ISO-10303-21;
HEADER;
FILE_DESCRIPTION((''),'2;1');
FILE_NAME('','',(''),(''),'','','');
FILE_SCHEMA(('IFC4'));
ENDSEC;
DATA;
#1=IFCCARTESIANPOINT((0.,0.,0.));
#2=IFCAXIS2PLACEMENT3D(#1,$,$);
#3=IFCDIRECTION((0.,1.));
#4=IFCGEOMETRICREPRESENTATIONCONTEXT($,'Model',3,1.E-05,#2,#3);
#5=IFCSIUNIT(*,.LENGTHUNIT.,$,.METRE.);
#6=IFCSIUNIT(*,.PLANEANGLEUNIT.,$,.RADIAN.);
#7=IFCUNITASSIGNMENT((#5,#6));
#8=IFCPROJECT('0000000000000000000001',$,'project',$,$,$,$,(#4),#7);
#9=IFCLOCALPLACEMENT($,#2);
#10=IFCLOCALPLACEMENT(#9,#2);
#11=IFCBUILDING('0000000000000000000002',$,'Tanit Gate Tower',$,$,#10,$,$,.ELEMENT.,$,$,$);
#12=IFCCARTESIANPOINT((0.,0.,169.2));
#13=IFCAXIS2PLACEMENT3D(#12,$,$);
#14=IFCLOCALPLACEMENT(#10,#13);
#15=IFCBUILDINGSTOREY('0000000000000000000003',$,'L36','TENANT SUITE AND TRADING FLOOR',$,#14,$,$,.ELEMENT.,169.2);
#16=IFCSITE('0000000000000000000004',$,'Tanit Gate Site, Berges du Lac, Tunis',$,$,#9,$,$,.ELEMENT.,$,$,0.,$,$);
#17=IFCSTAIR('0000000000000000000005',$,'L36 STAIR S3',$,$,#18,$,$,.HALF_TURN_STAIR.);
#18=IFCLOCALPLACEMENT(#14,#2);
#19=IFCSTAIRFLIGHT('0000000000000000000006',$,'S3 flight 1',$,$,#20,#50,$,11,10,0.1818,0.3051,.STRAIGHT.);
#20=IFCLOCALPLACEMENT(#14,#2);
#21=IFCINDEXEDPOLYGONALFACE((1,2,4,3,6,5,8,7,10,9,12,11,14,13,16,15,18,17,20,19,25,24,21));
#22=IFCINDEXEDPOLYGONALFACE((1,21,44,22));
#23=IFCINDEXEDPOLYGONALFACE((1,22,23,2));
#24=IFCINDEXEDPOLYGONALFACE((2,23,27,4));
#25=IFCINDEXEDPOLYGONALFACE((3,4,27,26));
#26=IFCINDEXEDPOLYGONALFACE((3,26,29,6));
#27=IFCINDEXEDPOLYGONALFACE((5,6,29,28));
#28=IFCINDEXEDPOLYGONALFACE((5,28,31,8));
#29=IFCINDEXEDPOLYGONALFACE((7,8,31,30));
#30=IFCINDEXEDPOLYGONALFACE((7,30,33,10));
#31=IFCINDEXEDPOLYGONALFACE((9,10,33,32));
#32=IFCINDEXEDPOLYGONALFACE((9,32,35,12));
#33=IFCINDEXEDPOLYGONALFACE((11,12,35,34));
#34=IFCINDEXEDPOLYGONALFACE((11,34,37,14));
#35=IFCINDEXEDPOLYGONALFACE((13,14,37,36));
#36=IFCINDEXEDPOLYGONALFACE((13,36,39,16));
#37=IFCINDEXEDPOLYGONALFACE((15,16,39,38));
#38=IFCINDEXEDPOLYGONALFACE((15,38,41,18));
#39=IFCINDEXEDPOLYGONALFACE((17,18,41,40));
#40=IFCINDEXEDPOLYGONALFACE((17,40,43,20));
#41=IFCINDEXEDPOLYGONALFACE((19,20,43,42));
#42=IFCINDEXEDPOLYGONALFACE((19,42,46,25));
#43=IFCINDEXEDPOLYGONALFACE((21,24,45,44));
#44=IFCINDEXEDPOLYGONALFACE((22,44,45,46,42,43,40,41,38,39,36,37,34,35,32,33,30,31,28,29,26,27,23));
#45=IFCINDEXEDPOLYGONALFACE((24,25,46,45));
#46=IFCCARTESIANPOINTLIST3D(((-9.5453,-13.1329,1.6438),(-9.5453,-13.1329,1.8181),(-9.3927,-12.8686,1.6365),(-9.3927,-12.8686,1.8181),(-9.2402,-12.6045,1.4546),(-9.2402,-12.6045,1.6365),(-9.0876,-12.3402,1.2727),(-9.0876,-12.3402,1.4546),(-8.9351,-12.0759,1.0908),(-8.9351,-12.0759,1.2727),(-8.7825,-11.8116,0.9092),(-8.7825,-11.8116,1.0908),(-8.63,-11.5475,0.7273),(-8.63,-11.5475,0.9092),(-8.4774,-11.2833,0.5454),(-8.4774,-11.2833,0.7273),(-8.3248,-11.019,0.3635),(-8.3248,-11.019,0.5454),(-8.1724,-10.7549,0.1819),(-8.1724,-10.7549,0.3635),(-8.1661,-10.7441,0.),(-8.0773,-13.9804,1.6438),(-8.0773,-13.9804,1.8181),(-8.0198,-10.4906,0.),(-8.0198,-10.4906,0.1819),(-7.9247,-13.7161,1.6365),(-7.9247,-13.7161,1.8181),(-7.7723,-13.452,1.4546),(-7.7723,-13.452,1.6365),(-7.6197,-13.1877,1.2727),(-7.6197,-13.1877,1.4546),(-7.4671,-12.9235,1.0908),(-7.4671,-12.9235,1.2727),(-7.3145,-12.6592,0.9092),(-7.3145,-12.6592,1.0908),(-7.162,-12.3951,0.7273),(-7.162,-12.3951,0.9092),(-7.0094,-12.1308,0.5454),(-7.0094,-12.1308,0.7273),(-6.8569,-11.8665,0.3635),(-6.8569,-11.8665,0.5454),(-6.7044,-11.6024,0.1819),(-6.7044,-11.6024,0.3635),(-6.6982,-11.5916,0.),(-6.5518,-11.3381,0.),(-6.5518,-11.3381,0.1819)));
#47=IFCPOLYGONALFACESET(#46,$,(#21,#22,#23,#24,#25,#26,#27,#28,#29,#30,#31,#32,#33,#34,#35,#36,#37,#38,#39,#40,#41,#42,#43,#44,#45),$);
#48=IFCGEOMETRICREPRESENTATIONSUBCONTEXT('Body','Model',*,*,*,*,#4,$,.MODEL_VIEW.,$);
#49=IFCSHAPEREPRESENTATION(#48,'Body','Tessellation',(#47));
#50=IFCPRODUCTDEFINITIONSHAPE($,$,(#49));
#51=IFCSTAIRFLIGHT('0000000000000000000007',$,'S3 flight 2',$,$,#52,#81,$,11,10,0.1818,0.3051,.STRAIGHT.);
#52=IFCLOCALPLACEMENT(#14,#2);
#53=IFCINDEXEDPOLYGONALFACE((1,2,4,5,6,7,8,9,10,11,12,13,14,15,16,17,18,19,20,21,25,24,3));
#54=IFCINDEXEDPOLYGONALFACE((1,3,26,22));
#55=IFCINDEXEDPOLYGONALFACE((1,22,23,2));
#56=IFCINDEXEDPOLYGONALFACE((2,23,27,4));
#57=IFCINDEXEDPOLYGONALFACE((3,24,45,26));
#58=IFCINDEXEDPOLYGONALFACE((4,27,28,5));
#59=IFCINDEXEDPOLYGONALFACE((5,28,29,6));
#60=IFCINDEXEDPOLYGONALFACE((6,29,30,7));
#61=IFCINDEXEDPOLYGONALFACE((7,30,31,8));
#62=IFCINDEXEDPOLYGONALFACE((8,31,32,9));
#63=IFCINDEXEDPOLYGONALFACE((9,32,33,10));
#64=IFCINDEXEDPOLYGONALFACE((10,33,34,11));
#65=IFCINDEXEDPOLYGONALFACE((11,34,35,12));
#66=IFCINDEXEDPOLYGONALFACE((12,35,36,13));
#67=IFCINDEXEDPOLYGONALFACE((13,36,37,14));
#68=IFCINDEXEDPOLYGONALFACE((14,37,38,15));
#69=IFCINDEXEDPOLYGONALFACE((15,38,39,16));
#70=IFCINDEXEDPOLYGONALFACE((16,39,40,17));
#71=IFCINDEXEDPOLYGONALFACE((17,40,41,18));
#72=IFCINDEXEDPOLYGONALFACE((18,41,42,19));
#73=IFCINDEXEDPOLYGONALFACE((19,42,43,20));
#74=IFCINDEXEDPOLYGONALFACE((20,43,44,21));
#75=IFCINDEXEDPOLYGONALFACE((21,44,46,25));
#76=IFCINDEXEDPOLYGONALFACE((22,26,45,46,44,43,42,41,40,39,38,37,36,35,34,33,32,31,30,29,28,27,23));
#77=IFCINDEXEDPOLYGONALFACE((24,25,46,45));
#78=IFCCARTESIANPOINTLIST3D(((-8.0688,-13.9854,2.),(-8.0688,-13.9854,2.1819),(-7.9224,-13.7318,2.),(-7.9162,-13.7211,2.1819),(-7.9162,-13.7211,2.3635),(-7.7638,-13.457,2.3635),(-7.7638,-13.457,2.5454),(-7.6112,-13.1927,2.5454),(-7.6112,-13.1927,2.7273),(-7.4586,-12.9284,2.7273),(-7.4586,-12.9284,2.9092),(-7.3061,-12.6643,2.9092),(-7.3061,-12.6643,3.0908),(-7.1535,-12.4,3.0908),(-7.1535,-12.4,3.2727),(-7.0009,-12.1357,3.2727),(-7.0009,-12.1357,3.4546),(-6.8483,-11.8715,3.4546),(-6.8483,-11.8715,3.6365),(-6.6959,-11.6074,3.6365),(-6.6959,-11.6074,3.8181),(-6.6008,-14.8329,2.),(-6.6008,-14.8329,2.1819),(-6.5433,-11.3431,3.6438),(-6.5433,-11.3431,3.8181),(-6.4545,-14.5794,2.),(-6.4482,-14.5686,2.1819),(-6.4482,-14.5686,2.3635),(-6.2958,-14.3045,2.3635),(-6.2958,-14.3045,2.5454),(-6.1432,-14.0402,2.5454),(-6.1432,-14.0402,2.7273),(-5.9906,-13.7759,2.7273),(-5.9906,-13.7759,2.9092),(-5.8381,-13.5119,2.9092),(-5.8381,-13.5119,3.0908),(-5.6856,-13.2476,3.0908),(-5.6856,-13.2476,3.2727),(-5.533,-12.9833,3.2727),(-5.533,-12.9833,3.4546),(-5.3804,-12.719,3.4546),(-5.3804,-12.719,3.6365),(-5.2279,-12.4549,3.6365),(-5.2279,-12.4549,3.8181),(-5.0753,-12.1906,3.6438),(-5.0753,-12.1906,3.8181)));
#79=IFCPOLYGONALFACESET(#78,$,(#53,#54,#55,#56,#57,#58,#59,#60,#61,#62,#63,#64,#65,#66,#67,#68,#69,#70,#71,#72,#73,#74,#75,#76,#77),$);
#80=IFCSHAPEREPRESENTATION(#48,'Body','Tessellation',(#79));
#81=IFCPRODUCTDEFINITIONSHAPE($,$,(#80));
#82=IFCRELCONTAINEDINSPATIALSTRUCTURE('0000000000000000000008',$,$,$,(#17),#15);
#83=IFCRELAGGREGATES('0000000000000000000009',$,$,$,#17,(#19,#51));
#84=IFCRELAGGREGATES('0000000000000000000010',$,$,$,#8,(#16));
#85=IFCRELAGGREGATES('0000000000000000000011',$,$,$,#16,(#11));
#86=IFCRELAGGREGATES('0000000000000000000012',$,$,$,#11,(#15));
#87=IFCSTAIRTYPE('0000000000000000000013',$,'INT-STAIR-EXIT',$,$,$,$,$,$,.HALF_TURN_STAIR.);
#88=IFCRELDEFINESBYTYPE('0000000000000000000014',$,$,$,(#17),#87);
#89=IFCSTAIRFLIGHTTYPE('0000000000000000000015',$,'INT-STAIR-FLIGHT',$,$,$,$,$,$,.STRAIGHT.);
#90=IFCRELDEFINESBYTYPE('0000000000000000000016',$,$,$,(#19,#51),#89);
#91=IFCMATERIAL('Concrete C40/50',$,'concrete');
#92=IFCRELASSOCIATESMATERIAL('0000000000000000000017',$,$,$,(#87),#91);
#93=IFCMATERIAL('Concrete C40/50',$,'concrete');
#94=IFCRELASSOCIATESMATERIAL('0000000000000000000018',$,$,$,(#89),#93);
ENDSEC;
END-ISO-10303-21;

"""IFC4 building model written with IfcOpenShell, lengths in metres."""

from ifc_helpers import new_model, si_unit, direction, frame, origin, place, context, subcontext, project, spatial, polyline, outline, extrude, material, type_object, element, aggregate, save


model = new_model("IFC4")

# Units and contexts
model_context = context("Model", 3, precision=1e-05, world=origin(), true_north=direction((0.0, 1.0)))
body_context = subcontext(model_context, "Body", "Model", "MODEL_VIEW")
ifc_project = project(units=[si_unit("LENGTHUNIT", "METRE"), si_unit("PLANEANGLEUNIT", "RADIAN")], contexts=[model_context])

# Site, building, storey
site_placement = place(None, origin())
site = spatial("IfcSite", under=ifc_project, at=site_placement, Name="Tanit Gate Site, Berges du Lac, Tunis", CompositionType="ELEMENT", RefElevation=0.0)
building_placement = place(site_placement, origin())
building = spatial("IfcBuilding", under=site, at=building_placement, Name="Tanit Gate Tower", CompositionType="ELEMENT")
storey_placement = place(building_placement, frame((0.0, 0.0, 169.2)))
storey = spatial("IfcBuildingStorey", under=building, at=storey_placement, Name="L36", Description="TENANT SUITE AND TRADING FLOOR", CompositionType="ELEMENT", Elevation=169.2)

# Stair, stair flights
ifc_material_1 = material(Name="Concrete C40/50", Category="concrete")
stair_type = type_object("IfcStairType", Name="INT-STAIR-EXIT", PredefinedType="HALF_TURN_STAIR", material=ifc_material_1)
stair_placement = place(storey_placement, origin())
stair = element("IfcStair", 1, at=stair_placement, inside=storey, type_object=stair_type, Name="L36 STAIR S3", PredefinedType="HALF_TURN_STAIR")
ifc_material_2 = material(Name="Concrete C40/50", Category="concrete")
stair_flight_type = type_object("IfcStairFlightType", Name="INT-STAIR-FLIGHT", PredefinedType="STRAIGHT", material=ifc_material_2)
stair_flight_1_placement = place(storey_placement, frame((-7.2859, -10.9143, 0.0), z_axis=(0.0, 0.0, 1.0), x_axis=(-0.5, -0.866025, 0.0)))
stair_flight_1 = element("IfcStairFlight", 2, at=stair_flight_1_placement, type_object=stair_flight_type, Name="S3 flight 1", NumberOfRisers=11, NumberOfTreads=10, PredefinedType="STRAIGHT", RiserHeight=0.1818, TreadLength=0.3051, context=body_context, shape_type="SweptSolid", body=[
    extrude(outline(polyline([(0.0, 0.0), (0.0, 0.1819), (0.3052, 0.1819), (0.3052, 0.3635), (0.6101, 0.3635), (0.6101, 0.5454), (0.9153, 0.5454), (0.9153, 0.7273), (1.2205, 0.7273), (1.2205, 0.9092), (1.5254, 0.9092), (1.5254, 1.0908), (1.8306, 1.0908), (1.8306, 1.2727), (2.1357, 1.2727), (2.1357, 1.4546), (2.4409, 1.4546), (2.4409, 1.6365), (2.7458, 1.6365), (2.7458, 1.8181), (3.051, 1.8181), (3.051, 2.0), (3.051, 1.6438), (0.2927, 0.0), (0.0, 0.0)])), frame((0.0, 0.8477, 0.0), z_axis=(0.0, -1.0, 0.0), x_axis=(1.0, 0.0, 0.0)), (0.0, 0.0, 1.0), 1.6951),
])
stair_flight_2_placement = place(storey_placement, frame((-7.3347, -14.4092, 2.0), z_axis=(0.0, 0.0, 1.0), x_axis=(0.5, 0.866025, 0.0)))
stair_flight_2 = element("IfcStairFlight", 3, at=stair_flight_2_placement, type_object=stair_flight_type, Name="S3 flight 2", NumberOfRisers=11, NumberOfTreads=10, PredefinedType="STRAIGHT", RiserHeight=0.1818, TreadLength=0.3051, context=body_context, shape_type="SweptSolid", body=[
    extrude(outline(polyline([(0.0, 0.0), (0.0, 0.1819), (0.3052, 0.1819), (0.3052, 0.3635), (0.6101, 0.3635), (0.6101, 0.5454), (0.9153, 0.5454), (0.9153, 0.7273), (1.2205, 0.7273), (1.2205, 0.9092), (1.5254, 0.9092), (1.5254, 1.0908), (1.8306, 1.0908), (1.8306, 1.2727), (2.1357, 1.2727), (2.1357, 1.4546), (2.4409, 1.4546), (2.4409, 1.6365), (2.7458, 1.6365), (2.7458, 1.8181), (3.051, 1.8181), (3.051, 2.0), (3.051, 1.6438), (0.2927, 0.0), (0.0, 0.0)])), frame((0.0, 0.8477, 0.0), z_axis=(0.0, -1.0, 0.0), x_axis=(1.0, 0.0, 0.0)), (0.0, 0.0, 1.0), 1.6951),
])
aggregate(stair, [stair_flight_1, stair_flight_2])

save(model, "model.ifc")
